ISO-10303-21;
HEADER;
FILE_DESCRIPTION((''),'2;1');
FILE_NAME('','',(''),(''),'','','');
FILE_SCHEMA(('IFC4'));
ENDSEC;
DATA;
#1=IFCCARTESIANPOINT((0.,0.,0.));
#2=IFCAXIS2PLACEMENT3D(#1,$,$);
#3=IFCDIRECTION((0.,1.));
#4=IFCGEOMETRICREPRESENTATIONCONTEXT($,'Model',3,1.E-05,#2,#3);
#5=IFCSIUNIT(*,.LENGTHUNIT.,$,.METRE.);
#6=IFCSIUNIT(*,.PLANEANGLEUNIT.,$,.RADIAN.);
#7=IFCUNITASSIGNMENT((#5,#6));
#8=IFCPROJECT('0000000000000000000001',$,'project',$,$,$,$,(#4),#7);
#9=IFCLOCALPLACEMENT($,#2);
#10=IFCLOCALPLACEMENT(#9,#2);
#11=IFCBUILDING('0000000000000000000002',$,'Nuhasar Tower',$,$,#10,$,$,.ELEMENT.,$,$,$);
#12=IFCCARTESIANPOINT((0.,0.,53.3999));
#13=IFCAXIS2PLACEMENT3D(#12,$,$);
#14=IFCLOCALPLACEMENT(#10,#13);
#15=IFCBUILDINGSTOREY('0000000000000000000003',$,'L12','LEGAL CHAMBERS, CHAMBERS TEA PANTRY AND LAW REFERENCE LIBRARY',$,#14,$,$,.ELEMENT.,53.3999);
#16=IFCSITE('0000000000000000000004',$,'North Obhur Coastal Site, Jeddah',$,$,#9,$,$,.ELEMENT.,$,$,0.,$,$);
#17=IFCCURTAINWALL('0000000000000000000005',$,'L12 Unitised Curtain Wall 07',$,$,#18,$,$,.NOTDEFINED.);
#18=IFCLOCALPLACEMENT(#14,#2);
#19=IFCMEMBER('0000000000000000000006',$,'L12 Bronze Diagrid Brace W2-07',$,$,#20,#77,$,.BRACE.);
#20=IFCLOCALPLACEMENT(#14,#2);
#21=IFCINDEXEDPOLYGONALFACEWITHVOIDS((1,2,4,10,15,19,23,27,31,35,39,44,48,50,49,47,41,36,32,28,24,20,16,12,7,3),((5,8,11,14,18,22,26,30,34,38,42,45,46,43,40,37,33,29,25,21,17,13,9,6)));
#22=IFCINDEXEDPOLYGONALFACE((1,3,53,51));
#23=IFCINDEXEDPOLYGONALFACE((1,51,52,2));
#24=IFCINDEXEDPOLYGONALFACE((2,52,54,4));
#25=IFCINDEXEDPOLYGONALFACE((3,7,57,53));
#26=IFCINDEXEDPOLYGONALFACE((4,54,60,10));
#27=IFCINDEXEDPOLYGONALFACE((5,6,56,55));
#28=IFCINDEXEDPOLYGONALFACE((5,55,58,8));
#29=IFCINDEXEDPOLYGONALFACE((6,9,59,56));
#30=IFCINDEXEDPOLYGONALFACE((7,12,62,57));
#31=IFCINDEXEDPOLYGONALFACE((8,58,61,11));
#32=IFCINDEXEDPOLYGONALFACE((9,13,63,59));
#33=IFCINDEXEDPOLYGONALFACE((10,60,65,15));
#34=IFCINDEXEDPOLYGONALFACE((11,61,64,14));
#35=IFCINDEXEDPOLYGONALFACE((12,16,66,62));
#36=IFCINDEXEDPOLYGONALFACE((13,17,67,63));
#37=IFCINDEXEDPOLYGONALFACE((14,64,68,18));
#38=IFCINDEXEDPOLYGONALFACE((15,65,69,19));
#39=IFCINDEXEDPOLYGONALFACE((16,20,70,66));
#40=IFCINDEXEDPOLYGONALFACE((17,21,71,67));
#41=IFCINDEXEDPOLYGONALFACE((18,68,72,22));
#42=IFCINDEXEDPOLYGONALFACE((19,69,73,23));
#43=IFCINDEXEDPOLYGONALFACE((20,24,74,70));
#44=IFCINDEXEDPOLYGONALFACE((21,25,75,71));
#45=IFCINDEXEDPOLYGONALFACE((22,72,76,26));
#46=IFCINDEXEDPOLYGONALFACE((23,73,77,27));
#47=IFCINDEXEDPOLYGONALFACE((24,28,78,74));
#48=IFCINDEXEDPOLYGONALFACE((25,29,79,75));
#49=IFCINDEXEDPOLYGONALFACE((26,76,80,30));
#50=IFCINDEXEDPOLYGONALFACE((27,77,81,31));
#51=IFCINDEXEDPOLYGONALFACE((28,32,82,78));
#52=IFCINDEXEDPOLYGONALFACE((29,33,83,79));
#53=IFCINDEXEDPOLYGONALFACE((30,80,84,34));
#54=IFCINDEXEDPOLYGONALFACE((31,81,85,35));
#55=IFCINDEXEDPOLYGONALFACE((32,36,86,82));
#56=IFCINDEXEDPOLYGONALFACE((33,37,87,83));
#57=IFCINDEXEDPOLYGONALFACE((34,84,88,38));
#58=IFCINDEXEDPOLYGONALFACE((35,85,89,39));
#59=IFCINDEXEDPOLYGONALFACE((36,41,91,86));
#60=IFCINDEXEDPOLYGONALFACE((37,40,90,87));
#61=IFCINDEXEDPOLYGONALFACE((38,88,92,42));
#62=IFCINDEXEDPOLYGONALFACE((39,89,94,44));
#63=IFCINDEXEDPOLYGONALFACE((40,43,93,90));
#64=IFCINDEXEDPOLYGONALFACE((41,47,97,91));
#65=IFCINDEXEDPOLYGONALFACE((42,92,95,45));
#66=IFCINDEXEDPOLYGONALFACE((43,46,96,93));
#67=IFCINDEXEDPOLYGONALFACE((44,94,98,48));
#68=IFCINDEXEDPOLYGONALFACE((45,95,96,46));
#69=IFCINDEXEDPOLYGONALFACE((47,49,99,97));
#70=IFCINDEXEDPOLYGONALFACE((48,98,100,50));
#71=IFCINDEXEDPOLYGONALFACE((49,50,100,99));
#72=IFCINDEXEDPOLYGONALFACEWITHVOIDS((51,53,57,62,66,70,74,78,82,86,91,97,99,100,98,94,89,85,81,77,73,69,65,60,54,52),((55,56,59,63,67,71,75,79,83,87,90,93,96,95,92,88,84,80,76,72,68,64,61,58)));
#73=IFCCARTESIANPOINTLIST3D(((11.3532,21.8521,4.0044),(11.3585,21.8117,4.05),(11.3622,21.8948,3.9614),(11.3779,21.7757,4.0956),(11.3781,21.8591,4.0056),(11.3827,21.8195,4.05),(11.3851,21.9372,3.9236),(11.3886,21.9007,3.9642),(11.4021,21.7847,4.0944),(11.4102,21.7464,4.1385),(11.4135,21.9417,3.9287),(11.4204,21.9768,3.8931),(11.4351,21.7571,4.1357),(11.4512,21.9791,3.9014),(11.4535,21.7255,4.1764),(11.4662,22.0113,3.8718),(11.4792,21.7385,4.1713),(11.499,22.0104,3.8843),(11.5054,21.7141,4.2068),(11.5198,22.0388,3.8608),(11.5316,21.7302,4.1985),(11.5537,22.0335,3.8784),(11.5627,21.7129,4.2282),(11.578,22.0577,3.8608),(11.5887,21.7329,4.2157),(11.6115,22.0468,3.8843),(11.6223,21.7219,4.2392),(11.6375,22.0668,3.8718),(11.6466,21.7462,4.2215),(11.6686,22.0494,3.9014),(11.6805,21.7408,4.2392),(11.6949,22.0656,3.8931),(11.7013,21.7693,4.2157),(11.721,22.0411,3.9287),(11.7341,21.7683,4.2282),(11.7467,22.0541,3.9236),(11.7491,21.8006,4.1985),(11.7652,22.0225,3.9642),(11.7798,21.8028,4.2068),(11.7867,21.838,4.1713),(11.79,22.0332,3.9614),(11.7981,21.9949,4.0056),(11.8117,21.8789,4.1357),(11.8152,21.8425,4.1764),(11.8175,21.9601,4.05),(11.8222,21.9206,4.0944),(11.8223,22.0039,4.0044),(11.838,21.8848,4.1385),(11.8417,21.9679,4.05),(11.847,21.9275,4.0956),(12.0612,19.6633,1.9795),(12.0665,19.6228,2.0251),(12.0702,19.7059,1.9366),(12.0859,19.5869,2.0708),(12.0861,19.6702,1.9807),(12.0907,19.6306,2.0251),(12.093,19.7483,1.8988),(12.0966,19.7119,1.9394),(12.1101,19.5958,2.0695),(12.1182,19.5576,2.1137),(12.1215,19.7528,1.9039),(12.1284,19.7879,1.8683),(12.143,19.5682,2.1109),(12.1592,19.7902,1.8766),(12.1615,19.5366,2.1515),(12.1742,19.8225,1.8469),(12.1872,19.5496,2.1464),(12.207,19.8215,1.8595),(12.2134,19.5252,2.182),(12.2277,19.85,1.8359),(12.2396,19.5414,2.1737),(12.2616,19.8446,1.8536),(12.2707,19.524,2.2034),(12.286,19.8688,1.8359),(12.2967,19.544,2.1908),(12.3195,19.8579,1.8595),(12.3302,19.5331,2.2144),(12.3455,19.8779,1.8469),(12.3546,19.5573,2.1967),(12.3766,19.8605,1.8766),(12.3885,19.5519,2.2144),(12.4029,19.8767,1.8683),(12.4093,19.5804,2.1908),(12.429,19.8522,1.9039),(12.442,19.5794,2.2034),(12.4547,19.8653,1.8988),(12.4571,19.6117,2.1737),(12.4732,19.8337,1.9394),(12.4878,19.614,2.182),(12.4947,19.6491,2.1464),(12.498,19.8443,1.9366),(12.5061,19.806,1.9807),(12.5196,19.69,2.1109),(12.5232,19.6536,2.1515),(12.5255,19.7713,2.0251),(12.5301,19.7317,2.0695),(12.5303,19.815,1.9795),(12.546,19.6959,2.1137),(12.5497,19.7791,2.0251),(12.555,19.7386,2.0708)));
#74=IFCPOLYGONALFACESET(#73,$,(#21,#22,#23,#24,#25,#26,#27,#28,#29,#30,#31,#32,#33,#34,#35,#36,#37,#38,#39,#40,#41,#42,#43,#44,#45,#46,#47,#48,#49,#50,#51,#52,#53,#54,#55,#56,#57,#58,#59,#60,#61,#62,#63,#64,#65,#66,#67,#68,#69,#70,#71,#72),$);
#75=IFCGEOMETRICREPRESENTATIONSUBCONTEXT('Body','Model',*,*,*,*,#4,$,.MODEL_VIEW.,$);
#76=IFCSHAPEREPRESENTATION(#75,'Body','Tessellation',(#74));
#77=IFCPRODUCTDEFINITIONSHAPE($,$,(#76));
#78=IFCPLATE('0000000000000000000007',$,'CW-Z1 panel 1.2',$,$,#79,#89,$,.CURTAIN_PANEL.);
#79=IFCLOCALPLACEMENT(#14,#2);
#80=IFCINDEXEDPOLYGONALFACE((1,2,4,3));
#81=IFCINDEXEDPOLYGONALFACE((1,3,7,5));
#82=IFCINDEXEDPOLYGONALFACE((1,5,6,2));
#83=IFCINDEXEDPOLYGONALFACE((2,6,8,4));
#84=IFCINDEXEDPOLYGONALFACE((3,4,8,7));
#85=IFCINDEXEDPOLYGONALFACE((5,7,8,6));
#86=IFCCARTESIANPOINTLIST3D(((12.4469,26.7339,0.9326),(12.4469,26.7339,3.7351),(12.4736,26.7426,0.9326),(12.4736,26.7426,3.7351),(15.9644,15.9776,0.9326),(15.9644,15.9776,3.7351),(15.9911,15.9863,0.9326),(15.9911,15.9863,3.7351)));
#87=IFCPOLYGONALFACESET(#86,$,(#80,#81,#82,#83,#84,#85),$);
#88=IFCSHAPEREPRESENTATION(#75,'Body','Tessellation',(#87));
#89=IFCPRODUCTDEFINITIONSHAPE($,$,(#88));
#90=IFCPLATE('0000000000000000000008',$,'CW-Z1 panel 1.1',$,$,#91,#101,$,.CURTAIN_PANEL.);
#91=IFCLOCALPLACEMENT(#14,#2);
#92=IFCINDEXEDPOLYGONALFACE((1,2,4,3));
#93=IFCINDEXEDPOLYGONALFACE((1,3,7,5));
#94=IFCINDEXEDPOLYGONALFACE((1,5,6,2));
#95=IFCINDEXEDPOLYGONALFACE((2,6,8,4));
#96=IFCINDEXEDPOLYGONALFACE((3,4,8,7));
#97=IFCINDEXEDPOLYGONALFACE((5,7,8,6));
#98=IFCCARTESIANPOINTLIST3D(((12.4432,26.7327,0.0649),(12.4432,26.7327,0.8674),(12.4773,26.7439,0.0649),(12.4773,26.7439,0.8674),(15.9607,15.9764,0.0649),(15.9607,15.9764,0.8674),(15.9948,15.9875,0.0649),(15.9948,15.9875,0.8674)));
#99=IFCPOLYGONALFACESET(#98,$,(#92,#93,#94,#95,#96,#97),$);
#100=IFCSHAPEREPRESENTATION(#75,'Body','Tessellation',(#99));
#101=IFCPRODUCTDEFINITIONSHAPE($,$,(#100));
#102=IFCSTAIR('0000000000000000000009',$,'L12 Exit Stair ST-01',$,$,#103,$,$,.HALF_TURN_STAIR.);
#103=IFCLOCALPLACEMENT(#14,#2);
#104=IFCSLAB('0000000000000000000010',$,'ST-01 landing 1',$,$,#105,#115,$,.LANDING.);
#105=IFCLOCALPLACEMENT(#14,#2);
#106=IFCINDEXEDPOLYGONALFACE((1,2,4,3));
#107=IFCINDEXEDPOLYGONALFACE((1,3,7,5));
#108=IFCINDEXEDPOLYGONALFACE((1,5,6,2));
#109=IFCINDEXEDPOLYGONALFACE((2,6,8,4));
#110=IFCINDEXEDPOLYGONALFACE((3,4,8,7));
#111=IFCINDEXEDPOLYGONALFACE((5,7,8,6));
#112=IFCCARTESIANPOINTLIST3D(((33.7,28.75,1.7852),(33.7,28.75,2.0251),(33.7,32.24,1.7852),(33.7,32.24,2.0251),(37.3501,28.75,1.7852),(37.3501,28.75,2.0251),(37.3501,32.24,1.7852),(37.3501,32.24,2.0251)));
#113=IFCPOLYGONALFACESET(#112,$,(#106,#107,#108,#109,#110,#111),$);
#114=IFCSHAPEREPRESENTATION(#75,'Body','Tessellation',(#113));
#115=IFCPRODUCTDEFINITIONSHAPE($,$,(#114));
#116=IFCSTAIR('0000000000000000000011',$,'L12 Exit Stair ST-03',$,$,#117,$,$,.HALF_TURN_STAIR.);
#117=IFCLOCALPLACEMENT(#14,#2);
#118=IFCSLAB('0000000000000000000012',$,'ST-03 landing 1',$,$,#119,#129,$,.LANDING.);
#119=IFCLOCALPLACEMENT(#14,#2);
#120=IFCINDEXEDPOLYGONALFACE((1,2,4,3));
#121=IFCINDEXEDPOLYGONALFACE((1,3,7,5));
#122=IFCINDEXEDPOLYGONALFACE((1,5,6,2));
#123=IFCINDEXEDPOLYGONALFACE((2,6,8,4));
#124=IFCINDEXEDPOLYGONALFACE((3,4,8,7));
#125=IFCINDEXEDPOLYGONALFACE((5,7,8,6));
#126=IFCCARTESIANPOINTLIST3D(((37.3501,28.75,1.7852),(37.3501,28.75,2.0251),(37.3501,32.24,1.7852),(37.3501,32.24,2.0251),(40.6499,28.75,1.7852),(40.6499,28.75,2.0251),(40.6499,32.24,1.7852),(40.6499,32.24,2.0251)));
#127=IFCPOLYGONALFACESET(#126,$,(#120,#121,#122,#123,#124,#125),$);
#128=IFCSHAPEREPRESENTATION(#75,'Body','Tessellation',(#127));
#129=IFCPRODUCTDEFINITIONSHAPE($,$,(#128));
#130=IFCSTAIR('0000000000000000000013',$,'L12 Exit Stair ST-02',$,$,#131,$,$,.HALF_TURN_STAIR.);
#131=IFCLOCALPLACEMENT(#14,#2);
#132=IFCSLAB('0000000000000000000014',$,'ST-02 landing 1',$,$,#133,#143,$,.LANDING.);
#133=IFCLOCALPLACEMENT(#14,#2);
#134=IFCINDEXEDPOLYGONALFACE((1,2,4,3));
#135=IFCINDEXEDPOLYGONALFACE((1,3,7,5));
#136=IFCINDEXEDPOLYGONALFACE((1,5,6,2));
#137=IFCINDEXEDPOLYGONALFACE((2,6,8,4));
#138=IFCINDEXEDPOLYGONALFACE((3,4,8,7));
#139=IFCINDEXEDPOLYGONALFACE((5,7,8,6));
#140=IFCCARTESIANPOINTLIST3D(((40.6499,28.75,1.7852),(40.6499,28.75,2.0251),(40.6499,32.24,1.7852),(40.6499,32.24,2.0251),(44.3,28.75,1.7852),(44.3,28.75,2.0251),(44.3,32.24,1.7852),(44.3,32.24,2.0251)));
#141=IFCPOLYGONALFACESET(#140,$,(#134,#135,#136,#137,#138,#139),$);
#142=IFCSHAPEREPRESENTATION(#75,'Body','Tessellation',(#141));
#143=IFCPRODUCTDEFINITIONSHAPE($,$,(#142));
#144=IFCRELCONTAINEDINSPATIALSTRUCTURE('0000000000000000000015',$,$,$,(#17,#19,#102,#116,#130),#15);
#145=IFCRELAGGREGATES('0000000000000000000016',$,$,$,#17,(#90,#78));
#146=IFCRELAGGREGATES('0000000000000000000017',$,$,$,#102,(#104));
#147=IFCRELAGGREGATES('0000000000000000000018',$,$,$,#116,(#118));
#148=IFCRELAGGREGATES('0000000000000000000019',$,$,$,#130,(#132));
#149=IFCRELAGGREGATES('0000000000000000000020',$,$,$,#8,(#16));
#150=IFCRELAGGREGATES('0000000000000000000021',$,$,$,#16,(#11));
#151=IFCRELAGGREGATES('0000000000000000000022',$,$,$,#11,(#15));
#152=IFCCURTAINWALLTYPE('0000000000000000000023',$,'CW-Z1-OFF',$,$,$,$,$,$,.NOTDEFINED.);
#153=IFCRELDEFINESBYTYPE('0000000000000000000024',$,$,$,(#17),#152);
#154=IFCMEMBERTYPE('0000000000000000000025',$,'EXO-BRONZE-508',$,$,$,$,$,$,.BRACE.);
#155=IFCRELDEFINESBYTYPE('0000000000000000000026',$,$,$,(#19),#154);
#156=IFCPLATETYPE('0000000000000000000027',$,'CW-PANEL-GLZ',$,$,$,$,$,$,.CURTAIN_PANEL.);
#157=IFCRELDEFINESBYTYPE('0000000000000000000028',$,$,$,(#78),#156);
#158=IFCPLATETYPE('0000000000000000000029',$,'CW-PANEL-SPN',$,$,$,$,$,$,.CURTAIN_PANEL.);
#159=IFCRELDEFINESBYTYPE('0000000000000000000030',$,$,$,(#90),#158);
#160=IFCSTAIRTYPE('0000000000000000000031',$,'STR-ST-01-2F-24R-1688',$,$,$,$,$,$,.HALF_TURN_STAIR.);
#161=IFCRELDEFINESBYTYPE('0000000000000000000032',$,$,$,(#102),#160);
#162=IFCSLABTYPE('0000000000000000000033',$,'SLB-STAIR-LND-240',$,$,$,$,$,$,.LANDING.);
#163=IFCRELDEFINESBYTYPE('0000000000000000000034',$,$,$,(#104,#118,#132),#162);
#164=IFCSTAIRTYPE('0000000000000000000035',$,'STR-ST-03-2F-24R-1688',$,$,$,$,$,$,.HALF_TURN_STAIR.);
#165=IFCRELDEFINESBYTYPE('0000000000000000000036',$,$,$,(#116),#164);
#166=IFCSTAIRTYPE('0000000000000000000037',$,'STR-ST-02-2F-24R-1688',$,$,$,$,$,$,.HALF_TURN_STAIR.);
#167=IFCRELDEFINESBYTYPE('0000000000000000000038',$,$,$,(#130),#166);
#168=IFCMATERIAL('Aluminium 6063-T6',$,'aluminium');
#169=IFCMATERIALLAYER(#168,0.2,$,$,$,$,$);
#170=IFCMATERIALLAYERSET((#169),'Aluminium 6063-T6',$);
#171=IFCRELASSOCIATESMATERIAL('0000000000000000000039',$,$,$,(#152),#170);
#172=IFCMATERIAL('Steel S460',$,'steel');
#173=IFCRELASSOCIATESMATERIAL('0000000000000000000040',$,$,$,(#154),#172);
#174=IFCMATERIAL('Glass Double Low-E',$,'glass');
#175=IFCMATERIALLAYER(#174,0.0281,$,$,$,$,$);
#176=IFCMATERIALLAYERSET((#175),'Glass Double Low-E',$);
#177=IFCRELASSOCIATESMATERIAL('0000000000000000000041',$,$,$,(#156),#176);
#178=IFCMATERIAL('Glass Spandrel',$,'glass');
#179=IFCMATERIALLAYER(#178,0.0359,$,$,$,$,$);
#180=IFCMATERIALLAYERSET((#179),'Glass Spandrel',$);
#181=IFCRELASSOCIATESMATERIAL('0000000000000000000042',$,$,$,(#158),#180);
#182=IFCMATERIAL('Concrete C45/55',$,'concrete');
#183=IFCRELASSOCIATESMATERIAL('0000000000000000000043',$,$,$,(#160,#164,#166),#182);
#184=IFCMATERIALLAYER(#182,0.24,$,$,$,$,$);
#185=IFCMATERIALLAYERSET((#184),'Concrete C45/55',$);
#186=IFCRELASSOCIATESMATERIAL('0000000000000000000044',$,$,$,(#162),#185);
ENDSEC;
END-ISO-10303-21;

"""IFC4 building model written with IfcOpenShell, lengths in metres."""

from ifc_helpers import new_model, si_unit, direction, frame, origin, origin_2d, place, context, subcontext, project, spatial, polyline, rectangle, hollow_circle, outline, extrude, material, layer, layer_set, material_profile, profile_set, type_object, element, aggregate, save


model = new_model("IFC4")

# Units and contexts
model_context = context("Model", 3, precision=1e-05, world=origin(), true_north=direction((0.0, 1.0)))
body_context = subcontext(model_context, "Body", "Model", "MODEL_VIEW")
ifc_project = project(units=[si_unit("LENGTHUNIT", "METRE"), si_unit("PLANEANGLEUNIT", "RADIAN")], contexts=[model_context])

# Site, building, storey
site_placement = place(None, origin())
site = spatial("IfcSite", under=ifc_project, at=site_placement, Name="North Obhur Coastal Site, Jeddah", CompositionType="ELEMENT", RefElevation=0.0)
building_placement = place(site_placement, origin())
building = spatial("IfcBuilding", under=site, at=building_placement, Name="Nuhasar Tower", CompositionType="ELEMENT")
storey_placement = place(building_placement, frame((0.0, 0.0, 53.3999)))
storey = spatial("IfcBuildingStorey", under=building, at=storey_placement, Name="L12", Description="LEGAL CHAMBERS, CHAMBERS TEA PANTRY AND LAW REFERENCE LIBRARY", CompositionType="ELEMENT", Elevation=53.3999)

# Curtain wall
ifc_material_1 = material(Name="Aluminium 6063-T6", Category="aluminium")
ifc_layer_1 = layer(ifc_material_1, 0.2)
ifc_layer_set_1 = layer_set([ifc_layer_1], Name="Aluminium 6063-T6")
curtain_wall_type = type_object("IfcCurtainWallType", Name="CW-Z1-OFF", PredefinedType="NOTDEFINED", material=ifc_layer_set_1)
curtain_wall_1_placement = place(storey_placement, origin())
curtain_wall_1 = element("IfcCurtainWall", 1, at=curtain_wall_1_placement, inside=storey, type_object=curtain_wall_type, Name="L12 Unitised Curtain Wall 07", PredefinedType="NOTDEFINED")

# Member
ifc_material_2 = material(Name="Steel S460", Category="steel")
ifc_material_profile_1 = material_profile(ifc_material_2, hollow_circle(Radius=0.2539, WallThickness=0.0254, at=origin_2d()), Name="HSS508X25.4")
ifc_profile_set_1 = profile_set([ifc_material_profile_1], Name="Steel S460")
member_type_1 = type_object("IfcMemberType", Name="EXO-BRONZE-508", PredefinedType="BRACE", material=ifc_profile_set_1)
member_1_placement = place(storey_placement, frame((12.3081, 19.7009, 2.0251), z_axis=(-0.231012, 0.714225, 0.660694), x_axis=(-0.951468, -0.307747, 0.0)))
element("IfcMember", 2, at=member_1_placement, inside=storey, type_object=member_type_1, Name="L12 Bronze Diagrid Brace W2-07", PredefinedType="BRACE", context=body_context, shape_type="SweptSolid", body=[
    extrude(hollow_circle(Radius=0.2539, WallThickness=0.0254, at=origin_2d()), origin(), (0.0, 0.0, 1.0), 3.0647),
])

# Plates
ifc_material_3 = material(Name="Glass Double Low-E", Category="glass")
ifc_layer_2 = layer(ifc_material_3, 0.0281)
ifc_layer_set_2 = layer_set([ifc_layer_2], Name="Glass Double Low-E")
plate_type_1 = type_object("IfcPlateType", Name="CW-PANEL-GLZ", PredefinedType="CURTAIN_PANEL", material=ifc_layer_set_2)
plate_1_placement = place(storey_placement, frame((14.219, 21.3601, 0.9326), z_axis=(0.0, 0.0, 1.0), x_axis=(0.310824, -0.950468, 0.0)))
plate_1 = element("IfcPlate", 3, at=plate_1_placement, type_object=plate_type_1, Name="CW-Z1 panel 1.2", PredefinedType="CURTAIN_PANEL", context=body_context, shape_type="SweptSolid", body=[
    extrude(rectangle(XDim=11.3169, YDim=0.0281, at=origin_2d()), origin(), (0.0, 0.0, 1.0), 2.8025),
])
ifc_material_4 = material(Name="Glass Spandrel", Category="glass")
ifc_layer_3 = layer(ifc_material_4, 0.0359)
ifc_layer_set_3 = layer_set([ifc_layer_3], Name="Glass Spandrel")
plate_type_2 = type_object("IfcPlateType", Name="CW-PANEL-SPN", PredefinedType="CURTAIN_PANEL", material=ifc_layer_set_3)
plate_2_placement = place(storey_placement, frame((14.219, 21.3601, 0.0649), z_axis=(0.0, 0.0, 1.0), x_axis=(0.310824, -0.950468, 0.0)))
plate_2 = element("IfcPlate", 4, at=plate_2_placement, type_object=plate_type_2, Name="CW-Z1 panel 1.1", PredefinedType="CURTAIN_PANEL", context=body_context, shape_type="SweptSolid", body=[
    extrude(rectangle(XDim=11.3169, YDim=0.0359, at=origin_2d()), origin(), (0.0, 0.0, 1.0), 0.8025),
])
aggregate(curtain_wall_1, [plate_2, plate_1])

# Stairs, slabs
ifc_material_5 = material(Name="Concrete C45/55", Category="concrete")
stair_type_1 = type_object("IfcStairType", Name="STR-ST-01-2F-24R-1688", PredefinedType="HALF_TURN_STAIR", material=ifc_material_5)
stair_1_placement = place(storey_placement, origin())
stair_1 = element("IfcStair", 5, at=stair_1_placement, inside=storey, type_object=stair_type_1, Name="L12 Exit Stair ST-01", PredefinedType="HALF_TURN_STAIR")
ifc_layer_4 = layer(ifc_material_5, 0.24)
ifc_layer_set_4 = layer_set([ifc_layer_4], Name="Concrete C45/55")
slab_type_1 = type_object("IfcSlabType", Name="SLB-STAIR-LND-240", PredefinedType="LANDING", material=ifc_layer_set_4)
slab_1_placement = place(storey_placement, frame((0.0, 0.0, 1.7852)))
slab_1 = element("IfcSlab", 6, at=slab_1_placement, type_object=slab_type_1, Name="ST-01 landing 1", PredefinedType="LANDING", context=body_context, shape_type="SweptSolid", body=[
    extrude(outline(polyline([(33.7, 28.75), (37.3501, 28.75), (37.3501, 32.24), (33.7, 32.24), (33.7, 28.75)])), origin(), (0.0, 0.0, 1.0), 0.24),
])
aggregate(stair_1, [slab_1])
stair_type_2 = type_object("IfcStairType", Name="STR-ST-03-2F-24R-1688", PredefinedType="HALF_TURN_STAIR", material=ifc_material_5)
stair_2_placement = place(storey_placement, origin())
stair_2 = element("IfcStair", 7, at=stair_2_placement, inside=storey, type_object=stair_type_2, Name="L12 Exit Stair ST-03", PredefinedType="HALF_TURN_STAIR")
slab_2_placement = place(storey_placement, frame((0.0, 0.0, 1.7852)))
slab_2 = element("IfcSlab", 8, at=slab_2_placement, type_object=slab_type_1, Name="ST-03 landing 1", PredefinedType="LANDING", context=body_context, shape_type="SweptSolid", body=[
    extrude(outline(polyline([(37.3501, 28.75), (40.6499, 28.75), (40.6499, 32.24), (37.3501, 32.24), (37.3501, 28.75)])), origin(), (0.0, 0.0, 1.0), 0.24),
])
aggregate(stair_2, [slab_2])
stair_type_3 = type_object("IfcStairType", Name="STR-ST-02-2F-24R-1688", PredefinedType="HALF_TURN_STAIR", material=ifc_material_5)
stair_3_placement = place(storey_placement, origin())
stair_3 = element("IfcStair", 9, at=stair_3_placement, inside=storey, type_object=stair_type_3, Name="L12 Exit Stair ST-02", PredefinedType="HALF_TURN_STAIR")
slab_3_placement = place(storey_placement, frame((0.0, 0.0, 1.7852)))
slab_3 = element("IfcSlab", 10, at=slab_3_placement, type_object=slab_type_1, Name="ST-02 landing 1", PredefinedType="LANDING", context=body_context, shape_type="SweptSolid", body=[
    extrude(outline(polyline([(40.6499, 28.75), (44.3, 28.75), (44.3, 32.24), (40.6499, 32.24), (40.6499, 28.75)])), origin(), (0.0, 0.0, 1.0), 0.24),
])
aggregate(stair_3, [slab_3])

save(model, "model.ifc")
